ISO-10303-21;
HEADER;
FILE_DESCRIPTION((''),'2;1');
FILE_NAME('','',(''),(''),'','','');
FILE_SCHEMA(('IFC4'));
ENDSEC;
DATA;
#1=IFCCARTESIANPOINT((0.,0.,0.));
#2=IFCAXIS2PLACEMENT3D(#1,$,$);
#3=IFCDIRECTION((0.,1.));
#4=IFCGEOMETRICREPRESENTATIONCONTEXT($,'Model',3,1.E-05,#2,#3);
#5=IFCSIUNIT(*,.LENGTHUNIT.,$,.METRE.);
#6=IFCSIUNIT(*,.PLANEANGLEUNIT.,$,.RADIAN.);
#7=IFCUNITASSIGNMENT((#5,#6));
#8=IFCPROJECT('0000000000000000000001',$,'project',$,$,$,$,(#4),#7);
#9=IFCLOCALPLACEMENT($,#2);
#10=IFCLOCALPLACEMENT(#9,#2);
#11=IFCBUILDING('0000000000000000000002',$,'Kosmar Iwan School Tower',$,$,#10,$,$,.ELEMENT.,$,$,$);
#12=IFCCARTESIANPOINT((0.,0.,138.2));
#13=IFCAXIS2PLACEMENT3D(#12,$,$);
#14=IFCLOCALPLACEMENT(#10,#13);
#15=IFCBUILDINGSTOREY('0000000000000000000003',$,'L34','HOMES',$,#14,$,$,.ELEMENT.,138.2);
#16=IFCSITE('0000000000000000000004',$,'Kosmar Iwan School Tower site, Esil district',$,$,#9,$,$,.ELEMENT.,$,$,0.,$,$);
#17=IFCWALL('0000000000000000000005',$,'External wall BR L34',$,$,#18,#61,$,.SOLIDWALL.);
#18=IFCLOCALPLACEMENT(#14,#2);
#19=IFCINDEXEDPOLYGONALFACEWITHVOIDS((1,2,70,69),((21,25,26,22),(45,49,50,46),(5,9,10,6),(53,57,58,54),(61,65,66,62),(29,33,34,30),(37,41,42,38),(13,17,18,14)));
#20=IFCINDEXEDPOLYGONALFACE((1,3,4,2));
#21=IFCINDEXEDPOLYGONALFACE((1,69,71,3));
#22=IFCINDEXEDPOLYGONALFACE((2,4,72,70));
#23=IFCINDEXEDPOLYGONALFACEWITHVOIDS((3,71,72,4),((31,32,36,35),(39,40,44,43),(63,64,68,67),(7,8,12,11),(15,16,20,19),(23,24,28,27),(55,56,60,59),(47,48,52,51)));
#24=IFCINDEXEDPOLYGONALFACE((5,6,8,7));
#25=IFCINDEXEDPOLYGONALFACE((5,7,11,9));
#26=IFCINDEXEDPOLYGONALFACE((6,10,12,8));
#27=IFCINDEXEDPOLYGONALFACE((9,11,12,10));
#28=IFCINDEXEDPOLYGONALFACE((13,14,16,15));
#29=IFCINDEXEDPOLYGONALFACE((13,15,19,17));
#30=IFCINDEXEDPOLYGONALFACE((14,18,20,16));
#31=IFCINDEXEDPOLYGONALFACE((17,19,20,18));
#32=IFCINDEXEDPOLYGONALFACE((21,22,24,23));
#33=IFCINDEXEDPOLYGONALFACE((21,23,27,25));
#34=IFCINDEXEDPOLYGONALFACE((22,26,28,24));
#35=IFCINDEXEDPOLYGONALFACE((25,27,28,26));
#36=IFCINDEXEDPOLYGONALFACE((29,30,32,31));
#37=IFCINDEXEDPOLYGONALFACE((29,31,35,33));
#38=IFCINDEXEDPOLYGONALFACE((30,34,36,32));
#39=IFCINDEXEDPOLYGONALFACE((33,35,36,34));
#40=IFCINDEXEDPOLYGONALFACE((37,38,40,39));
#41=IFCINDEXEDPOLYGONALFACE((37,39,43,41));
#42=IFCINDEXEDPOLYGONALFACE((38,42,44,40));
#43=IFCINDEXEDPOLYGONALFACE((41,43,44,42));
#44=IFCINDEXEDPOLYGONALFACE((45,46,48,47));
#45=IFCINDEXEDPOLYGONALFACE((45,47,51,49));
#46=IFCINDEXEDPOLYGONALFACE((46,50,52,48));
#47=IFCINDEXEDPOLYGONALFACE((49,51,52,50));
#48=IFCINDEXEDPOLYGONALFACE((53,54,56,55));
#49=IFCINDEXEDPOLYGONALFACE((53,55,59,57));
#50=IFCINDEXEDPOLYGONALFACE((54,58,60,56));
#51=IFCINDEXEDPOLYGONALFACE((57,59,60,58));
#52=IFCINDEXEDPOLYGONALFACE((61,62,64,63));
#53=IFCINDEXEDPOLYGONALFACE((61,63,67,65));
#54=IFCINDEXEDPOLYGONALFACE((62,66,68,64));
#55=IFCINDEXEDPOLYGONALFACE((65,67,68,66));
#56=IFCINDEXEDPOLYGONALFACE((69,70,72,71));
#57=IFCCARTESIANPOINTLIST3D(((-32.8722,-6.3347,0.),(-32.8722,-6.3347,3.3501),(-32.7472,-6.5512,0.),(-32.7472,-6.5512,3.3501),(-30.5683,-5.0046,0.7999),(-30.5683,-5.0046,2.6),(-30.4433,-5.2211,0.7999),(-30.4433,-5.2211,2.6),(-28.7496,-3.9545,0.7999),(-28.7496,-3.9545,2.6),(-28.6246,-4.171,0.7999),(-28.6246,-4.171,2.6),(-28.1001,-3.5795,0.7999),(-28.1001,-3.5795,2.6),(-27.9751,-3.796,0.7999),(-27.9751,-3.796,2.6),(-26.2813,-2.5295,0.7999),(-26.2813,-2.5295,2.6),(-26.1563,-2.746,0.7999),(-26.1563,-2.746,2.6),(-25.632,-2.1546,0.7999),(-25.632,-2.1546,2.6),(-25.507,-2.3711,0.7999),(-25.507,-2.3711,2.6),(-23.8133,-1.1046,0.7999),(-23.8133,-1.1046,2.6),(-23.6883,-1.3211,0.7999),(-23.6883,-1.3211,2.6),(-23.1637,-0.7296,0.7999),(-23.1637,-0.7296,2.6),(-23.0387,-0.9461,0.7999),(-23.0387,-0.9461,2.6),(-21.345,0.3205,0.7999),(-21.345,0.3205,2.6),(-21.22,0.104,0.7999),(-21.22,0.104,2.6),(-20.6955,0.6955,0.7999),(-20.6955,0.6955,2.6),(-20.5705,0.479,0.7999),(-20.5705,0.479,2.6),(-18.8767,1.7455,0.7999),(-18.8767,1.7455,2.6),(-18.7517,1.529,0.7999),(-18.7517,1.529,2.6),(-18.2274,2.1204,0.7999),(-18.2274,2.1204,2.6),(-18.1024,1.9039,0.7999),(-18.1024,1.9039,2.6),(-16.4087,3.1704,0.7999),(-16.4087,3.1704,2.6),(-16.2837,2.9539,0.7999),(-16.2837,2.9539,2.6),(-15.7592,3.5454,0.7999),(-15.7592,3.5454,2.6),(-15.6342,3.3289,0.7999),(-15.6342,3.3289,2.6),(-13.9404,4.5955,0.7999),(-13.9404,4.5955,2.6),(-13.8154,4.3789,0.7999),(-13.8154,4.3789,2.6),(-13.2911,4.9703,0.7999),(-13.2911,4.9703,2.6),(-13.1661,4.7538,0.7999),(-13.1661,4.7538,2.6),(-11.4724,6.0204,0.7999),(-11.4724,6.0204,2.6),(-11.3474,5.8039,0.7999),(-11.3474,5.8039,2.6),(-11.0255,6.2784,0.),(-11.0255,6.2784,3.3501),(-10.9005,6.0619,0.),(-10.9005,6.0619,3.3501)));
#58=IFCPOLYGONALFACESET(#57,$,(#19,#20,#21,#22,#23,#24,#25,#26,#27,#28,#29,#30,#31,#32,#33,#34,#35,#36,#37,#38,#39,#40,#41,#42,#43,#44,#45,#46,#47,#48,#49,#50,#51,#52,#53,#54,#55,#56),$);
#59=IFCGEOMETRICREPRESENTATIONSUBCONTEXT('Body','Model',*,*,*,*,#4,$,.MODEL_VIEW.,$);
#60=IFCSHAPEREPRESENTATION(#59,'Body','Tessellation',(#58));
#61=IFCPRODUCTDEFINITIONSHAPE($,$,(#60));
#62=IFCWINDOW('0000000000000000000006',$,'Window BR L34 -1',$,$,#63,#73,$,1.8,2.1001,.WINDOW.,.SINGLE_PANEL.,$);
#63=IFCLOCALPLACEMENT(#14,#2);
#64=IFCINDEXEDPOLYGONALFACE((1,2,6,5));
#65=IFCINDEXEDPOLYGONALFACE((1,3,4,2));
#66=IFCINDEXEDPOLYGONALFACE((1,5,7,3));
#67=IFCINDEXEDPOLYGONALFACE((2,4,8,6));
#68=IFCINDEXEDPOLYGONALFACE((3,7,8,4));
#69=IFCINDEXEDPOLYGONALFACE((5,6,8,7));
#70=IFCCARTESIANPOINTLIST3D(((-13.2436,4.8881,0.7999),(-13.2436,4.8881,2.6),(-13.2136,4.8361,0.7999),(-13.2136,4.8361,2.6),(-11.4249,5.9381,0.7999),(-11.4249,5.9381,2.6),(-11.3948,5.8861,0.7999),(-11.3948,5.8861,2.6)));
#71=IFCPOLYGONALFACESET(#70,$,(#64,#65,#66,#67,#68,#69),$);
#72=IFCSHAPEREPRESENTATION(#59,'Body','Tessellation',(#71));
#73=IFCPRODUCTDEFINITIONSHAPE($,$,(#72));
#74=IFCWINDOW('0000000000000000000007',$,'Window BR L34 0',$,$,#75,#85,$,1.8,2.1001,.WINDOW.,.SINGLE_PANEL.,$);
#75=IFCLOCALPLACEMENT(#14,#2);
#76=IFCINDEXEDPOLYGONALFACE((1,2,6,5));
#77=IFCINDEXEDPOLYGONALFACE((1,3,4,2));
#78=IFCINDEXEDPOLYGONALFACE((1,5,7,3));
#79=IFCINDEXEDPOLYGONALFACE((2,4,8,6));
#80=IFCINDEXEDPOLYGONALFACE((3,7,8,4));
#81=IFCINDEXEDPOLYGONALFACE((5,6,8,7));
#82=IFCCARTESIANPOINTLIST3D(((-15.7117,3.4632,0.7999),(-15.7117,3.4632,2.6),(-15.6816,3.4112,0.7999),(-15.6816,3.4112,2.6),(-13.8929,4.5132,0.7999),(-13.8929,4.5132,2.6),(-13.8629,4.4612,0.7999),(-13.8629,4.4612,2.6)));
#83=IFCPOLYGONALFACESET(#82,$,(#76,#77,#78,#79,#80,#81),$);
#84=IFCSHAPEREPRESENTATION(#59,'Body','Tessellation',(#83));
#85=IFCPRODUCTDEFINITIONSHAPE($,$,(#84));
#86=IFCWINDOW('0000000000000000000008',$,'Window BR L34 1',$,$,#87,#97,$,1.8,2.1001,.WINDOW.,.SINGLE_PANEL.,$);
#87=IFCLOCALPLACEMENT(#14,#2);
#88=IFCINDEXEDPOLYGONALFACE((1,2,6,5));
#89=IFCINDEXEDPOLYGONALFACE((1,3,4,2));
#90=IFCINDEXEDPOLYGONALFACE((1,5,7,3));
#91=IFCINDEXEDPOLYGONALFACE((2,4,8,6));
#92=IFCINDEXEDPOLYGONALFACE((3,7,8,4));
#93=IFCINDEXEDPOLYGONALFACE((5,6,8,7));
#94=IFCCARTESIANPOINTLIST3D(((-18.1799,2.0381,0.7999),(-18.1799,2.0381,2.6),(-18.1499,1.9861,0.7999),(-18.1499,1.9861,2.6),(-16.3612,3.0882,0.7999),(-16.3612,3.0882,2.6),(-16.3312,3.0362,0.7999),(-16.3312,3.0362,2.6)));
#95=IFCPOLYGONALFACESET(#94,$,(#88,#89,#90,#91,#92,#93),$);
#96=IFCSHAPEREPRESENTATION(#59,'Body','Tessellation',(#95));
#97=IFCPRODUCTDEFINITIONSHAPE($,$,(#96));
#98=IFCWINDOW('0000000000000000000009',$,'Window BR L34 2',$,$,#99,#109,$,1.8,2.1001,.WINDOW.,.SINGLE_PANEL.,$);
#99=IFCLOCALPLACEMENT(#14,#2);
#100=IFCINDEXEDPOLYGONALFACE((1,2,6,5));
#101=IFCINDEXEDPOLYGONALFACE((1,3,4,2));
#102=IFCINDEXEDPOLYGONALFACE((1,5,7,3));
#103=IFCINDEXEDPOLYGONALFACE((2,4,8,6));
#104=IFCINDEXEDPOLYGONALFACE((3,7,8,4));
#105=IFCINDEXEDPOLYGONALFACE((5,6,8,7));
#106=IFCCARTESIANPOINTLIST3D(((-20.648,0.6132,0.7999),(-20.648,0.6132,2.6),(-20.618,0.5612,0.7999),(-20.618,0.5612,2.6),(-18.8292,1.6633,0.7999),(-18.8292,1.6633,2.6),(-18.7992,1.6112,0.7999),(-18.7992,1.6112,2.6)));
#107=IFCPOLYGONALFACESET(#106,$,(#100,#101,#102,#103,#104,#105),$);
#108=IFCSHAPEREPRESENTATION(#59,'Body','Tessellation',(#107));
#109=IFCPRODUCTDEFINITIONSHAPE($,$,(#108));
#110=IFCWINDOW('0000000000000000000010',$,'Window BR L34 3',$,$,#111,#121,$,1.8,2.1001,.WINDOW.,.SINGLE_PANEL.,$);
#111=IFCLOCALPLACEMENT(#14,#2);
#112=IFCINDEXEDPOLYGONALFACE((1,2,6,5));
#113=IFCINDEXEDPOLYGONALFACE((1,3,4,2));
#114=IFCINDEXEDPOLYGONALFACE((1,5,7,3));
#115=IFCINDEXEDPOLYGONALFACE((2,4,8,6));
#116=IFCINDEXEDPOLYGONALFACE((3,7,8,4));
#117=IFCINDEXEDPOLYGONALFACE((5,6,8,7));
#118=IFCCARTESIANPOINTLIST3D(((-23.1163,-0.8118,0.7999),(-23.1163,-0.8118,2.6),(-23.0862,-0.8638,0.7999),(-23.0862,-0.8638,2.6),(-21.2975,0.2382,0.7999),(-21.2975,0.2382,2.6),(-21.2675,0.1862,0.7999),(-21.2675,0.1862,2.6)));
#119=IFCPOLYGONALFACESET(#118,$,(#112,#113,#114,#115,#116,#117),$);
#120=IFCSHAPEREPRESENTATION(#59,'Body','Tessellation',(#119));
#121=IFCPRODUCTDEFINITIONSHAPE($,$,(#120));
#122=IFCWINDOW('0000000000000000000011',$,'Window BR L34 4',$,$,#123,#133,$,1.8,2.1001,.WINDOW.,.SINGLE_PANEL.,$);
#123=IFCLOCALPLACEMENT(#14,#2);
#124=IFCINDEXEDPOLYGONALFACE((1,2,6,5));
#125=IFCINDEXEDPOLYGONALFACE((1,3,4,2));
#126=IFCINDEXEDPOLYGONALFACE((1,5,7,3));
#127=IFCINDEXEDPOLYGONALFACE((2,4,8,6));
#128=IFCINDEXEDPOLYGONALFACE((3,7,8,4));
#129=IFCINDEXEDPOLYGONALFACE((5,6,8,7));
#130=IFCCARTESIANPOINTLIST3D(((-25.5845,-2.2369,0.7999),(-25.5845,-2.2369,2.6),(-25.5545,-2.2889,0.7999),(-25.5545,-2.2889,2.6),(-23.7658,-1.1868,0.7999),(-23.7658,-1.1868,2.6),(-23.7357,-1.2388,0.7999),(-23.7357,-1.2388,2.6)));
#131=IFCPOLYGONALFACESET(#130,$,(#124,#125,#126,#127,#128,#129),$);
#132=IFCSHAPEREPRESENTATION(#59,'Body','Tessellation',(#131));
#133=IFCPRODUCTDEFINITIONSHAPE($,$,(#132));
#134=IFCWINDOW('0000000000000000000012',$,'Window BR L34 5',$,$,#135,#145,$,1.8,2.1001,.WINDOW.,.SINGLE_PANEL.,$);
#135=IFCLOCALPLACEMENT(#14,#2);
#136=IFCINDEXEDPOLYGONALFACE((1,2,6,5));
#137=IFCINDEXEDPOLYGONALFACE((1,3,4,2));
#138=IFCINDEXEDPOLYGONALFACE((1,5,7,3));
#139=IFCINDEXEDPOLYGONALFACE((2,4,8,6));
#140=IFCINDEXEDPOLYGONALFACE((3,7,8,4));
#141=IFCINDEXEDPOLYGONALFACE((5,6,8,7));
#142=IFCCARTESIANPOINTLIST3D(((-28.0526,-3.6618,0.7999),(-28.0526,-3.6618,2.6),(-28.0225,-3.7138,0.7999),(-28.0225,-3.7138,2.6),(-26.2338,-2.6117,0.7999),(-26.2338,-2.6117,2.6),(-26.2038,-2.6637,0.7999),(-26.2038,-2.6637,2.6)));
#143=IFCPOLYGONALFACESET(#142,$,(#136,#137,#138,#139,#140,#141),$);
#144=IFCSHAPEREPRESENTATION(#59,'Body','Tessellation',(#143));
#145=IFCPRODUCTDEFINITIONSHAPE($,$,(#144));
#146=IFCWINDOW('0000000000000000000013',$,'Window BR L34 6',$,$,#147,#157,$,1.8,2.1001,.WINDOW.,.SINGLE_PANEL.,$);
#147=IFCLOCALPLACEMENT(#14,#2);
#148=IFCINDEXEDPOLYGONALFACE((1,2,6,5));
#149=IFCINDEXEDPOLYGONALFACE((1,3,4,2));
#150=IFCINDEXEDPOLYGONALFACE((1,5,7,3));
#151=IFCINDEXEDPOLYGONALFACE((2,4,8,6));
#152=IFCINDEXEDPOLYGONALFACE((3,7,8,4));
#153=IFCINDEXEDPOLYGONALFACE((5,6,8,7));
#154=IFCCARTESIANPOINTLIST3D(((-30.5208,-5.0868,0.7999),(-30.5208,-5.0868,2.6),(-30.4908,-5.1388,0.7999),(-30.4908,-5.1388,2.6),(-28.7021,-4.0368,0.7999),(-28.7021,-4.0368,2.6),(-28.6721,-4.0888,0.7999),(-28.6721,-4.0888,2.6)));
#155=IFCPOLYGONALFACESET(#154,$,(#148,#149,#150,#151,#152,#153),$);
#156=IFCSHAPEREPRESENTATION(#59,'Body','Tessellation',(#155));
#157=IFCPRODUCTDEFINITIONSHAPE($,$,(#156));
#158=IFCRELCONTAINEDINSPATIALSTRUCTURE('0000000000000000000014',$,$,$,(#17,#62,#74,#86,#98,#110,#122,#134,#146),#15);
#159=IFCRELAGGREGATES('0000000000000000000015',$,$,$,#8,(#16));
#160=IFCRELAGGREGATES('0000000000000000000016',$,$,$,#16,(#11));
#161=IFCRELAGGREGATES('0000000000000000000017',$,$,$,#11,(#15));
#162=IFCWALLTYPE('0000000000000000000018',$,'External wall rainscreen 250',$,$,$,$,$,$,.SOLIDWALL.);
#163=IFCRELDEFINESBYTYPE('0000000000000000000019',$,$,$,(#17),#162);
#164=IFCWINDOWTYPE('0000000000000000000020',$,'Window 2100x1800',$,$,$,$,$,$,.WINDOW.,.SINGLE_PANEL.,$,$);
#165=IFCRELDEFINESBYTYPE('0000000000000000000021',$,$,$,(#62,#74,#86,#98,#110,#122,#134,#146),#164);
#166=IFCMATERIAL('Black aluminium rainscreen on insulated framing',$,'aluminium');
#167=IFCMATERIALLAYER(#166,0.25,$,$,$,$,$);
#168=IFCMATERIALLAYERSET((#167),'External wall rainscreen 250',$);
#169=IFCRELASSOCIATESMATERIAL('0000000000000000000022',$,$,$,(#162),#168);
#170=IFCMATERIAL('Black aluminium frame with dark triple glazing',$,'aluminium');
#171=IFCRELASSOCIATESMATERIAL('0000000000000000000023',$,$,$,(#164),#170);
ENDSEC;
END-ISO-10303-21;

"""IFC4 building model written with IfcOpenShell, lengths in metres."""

from ifc_helpers import new_model, si_unit, direction, frame, frame_2d, origin, place, context, subcontext, project, spatial, rectangle, extrude, material, layer, layer_set, type_object, element, fill, save


model = new_model("IFC4")

# Units and contexts
model_context = context("Model", 3, precision=1e-05, world=origin(), true_north=direction((0.0, 1.0)))
body_context = subcontext(model_context, "Body", "Model", "MODEL_VIEW")
ifc_project = project(units=[si_unit("LENGTHUNIT", "METRE"), si_unit("PLANEANGLEUNIT", "RADIAN")], contexts=[model_context])

# Site, building, storey
site_placement = place(None, origin())
site = spatial("IfcSite", under=ifc_project, at=site_placement, Name="Kosmar Iwan School Tower site, Esil district", CompositionType="ELEMENT", RefElevation=0.0)
building_placement = place(site_placement, origin())
building = spatial("IfcBuilding", under=site, at=building_placement, Name="Kosmar Iwan School Tower", CompositionType="ELEMENT")
storey_placement = place(building_placement, frame((0.0, 0.0, 138.2)))
storey = spatial("IfcBuildingStorey", under=building, at=storey_placement, Name="L34", Description="HOMES", CompositionType="ELEMENT", Elevation=138.2)

# Wall, openings, windows
ifc_material_1 = material(Name="Black aluminium rainscreen on insulated framing", Category="aluminium")
ifc_layer = layer(ifc_material_1, 0.25)
ifc_layer_set = layer_set([ifc_layer], Name="External wall rainscreen 250")
wall_type = type_object("IfcWallType", Name="External wall rainscreen 250", PredefinedType="SOLIDWALL", material=ifc_layer_set)
ifc_material_2 = material(Name="Black aluminium frame with dark triple glazing", Category="aluminium")
window_type = type_object("IfcWindowType", Name="Window 2100x1800", PartitioningType="SINGLE_PANEL", PredefinedType="WINDOW", material=ifc_material_2)
wall_1_placement = place(storey_placement, frame((-10.9629, 6.1702, 0.0), z_axis=(0.0, 0.0, 1.0), x_axis=(-0.866028, -0.499996, 0.0)))
wall_1 = element("IfcWall", 1, at=wall_1_placement, inside=storey, type_object=wall_type, Name="External wall BR L34", PredefinedType="SOLIDWALL", context=body_context, shape_type="SweptSolid", body=[
    extrude(rectangle(XDim=25.2263, YDim=0.25, at=frame_2d((12.6133, 0.0))), origin(), (0.0, 0.0, 1.0), 3.3501),
])
opening_1_placement = place(wall_1_placement, frame((0.5161, 0.0, 0.8)))
opening_1 = element("IfcOpeningElement", 2, at=opening_1_placement, cuts=wall_1, PredefinedType="OPENING", context=body_context, shape_type="SweptSolid", body=[
    extrude(rectangle(XDim=2.1001, YDim=1.8, at=frame_2d((1.05, 0.8999))), frame((0.0, 0.137, 0.0), z_axis=(0.0, -1.0, 0.0), x_axis=(1.0, 0.0, 0.0)), (0.0, 0.0, 1.0), 0.2739),
])
opening_2_placement = place(wall_1_placement, frame((3.366, 0.0, 0.8)))
opening_2 = element("IfcOpeningElement", 3, at=opening_2_placement, cuts=wall_1, PredefinedType="OPENING", context=body_context, shape_type="SweptSolid", body=[
    extrude(rectangle(XDim=2.1001, YDim=1.8, at=frame_2d((1.05, 0.8999))), frame((0.0, 0.137, 0.0), z_axis=(0.0, -1.0, 0.0), x_axis=(1.0, 0.0, 0.0)), (0.0, 0.0, 1.0), 0.2739),
])
opening_3_placement = place(wall_1_placement, frame((6.2161, 0.0, 0.8)))
opening_3 = element("IfcOpeningElement", 4, at=opening_3_placement, cuts=wall_1, PredefinedType="OPENING", context=body_context, shape_type="SweptSolid", body=[
    extrude(rectangle(XDim=2.1001, YDim=1.8, at=frame_2d((1.05, 0.8999))), frame((0.0, 0.137, 0.0), z_axis=(0.0, -1.0, 0.0), x_axis=(1.0, 0.0, 0.0)), (0.0, 0.0, 1.0), 0.2739),
])
opening_4_placement = place(wall_1_placement, frame((9.0659, 0.0, 0.8)))
opening_4 = element("IfcOpeningElement", 5, at=opening_4_placement, cuts=wall_1, PredefinedType="OPENING", context=body_context, shape_type="SweptSolid", body=[
    extrude(rectangle(XDim=2.1001, YDim=1.8, at=frame_2d((1.05, 0.8999))), frame((0.0, 0.137, 0.0), z_axis=(0.0, -1.0, 0.0), x_axis=(1.0, 0.0, 0.0)), (0.0, 0.0, 1.0), 0.2739),
])
opening_5_placement = place(wall_1_placement, frame((11.916, 0.0, 0.8)))
opening_5 = element("IfcOpeningElement", 6, at=opening_5_placement, cuts=wall_1, PredefinedType="OPENING", context=body_context, shape_type="SweptSolid", body=[
    extrude(rectangle(XDim=2.1001, YDim=1.8, at=frame_2d((1.05, 0.8999))), frame((0.0, 0.137, 0.0), z_axis=(0.0, -1.0, 0.0), x_axis=(1.0, 0.0, 0.0)), (0.0, 0.0, 1.0), 0.2739),
])
opening_6_placement = place(wall_1_placement, frame((14.7661, 0.0, 0.8)))
opening_6 = element("IfcOpeningElement", 7, at=opening_6_placement, cuts=wall_1, PredefinedType="OPENING", context=body_context, shape_type="SweptSolid", body=[
    extrude(rectangle(XDim=2.1001, YDim=1.8, at=frame_2d((1.05, 0.8999))), frame((0.0, 0.137, 0.0), z_axis=(0.0, -1.0, 0.0), x_axis=(1.0, 0.0, 0.0)), (0.0, 0.0, 1.0), 0.2739),
])
opening_7_placement = place(wall_1_placement, frame((17.616, 0.0, 0.8)))
opening_7 = element("IfcOpeningElement", 8, at=opening_7_placement, cuts=wall_1, PredefinedType="OPENING", context=body_context, shape_type="SweptSolid", body=[
    extrude(rectangle(XDim=2.1001, YDim=1.8, at=frame_2d((1.05, 0.8999))), frame((0.0, 0.137, 0.0), z_axis=(0.0, -1.0, 0.0), x_axis=(1.0, 0.0, 0.0)), (0.0, 0.0, 1.0), 0.2739),
])
opening_8_placement = place(wall_1_placement, frame((20.4661, 0.0, 0.8)))
opening_8 = element("IfcOpeningElement", 9, at=opening_8_placement, cuts=wall_1, PredefinedType="OPENING", context=body_context, shape_type="SweptSolid", body=[
    extrude(rectangle(XDim=2.1001, YDim=1.8, at=frame_2d((1.05, 0.8999))), frame((0.0, 0.137, 0.0), z_axis=(0.0, -1.0, 0.0), x_axis=(1.0, 0.0, 0.0)), (0.0, 0.0, 1.0), 0.2739),
])
window_1_placement = place(opening_1_placement, origin())
window_1 = element("IfcWindow", 10, at=window_1_placement, inside=storey, type_object=window_type, Name="Window BR L34 -1", OverallHeight=1.8, OverallWidth=2.1001, PartitioningType="SINGLE_PANEL", PredefinedType="WINDOW", context=body_context, shape_type="SweptSolid", body=[
    extrude(rectangle(XDim=2.1001, YDim=1.8, at=frame_2d((1.05, 0.8999))), frame((0.0, 0.03, 0.0), z_axis=(0.0, -1.0, 0.0), x_axis=(1.0, 0.0, 0.0)), (0.0, 0.0, 1.0), 0.0601),
])
fill(opening_1, window_1)
window_2_placement = place(opening_2_placement, origin())
window_2 = element("IfcWindow", 11, at=window_2_placement, inside=storey, type_object=window_type, Name="Window BR L34 0", OverallHeight=1.8, OverallWidth=2.1001, PartitioningType="SINGLE_PANEL", PredefinedType="WINDOW", context=body_context, shape_type="SweptSolid", body=[
    extrude(rectangle(XDim=2.1001, YDim=1.8, at=frame_2d((1.05, 0.8999))), frame((0.0, 0.03, 0.0), z_axis=(0.0, -1.0, 0.0), x_axis=(1.0, 0.0, 0.0)), (0.0, 0.0, 1.0), 0.0601),
])
fill(opening_2, window_2)
window_3_placement = place(opening_3_placement, origin())
window_3 = element("IfcWindow", 12, at=window_3_placement, inside=storey, type_object=window_type, Name="Window BR L34 1", OverallHeight=1.8, OverallWidth=2.1001, PartitioningType="SINGLE_PANEL", PredefinedType="WINDOW", context=body_context, shape_type="SweptSolid", body=[
    extrude(rectangle(XDim=2.1001, YDim=1.8, at=frame_2d((1.05, 0.8999))), frame((0.0, 0.03, 0.0), z_axis=(0.0, -1.0, 0.0), x_axis=(1.0, 0.0, 0.0)), (0.0, 0.0, 1.0), 0.0601),
])
fill(opening_3, window_3)
window_4_placement = place(opening_4_placement, origin())
window_4 = element("IfcWindow", 13, at=window_4_placement, inside=storey, type_object=window_type, Name="Window BR L34 2", OverallHeight=1.8, OverallWidth=2.1001, PartitioningType="SINGLE_PANEL", PredefinedType="WINDOW", context=body_context, shape_type="SweptSolid", body=[
    extrude(rectangle(XDim=2.1001, YDim=1.8, at=frame_2d((1.05, 0.8999))), frame((0.0, 0.03, 0.0), z_axis=(0.0, -1.0, 0.0), x_axis=(1.0, 0.0, 0.0)), (0.0, 0.0, 1.0), 0.0601),
])
fill(opening_4, window_4)
window_5_placement = place(opening_5_placement, origin())
window_5 = element("IfcWindow", 14, at=window_5_placement, inside=storey, type_object=window_type, Name="Window BR L34 3", OverallHeight=1.8, OverallWidth=2.1001, PartitioningType="SINGLE_PANEL", PredefinedType="WINDOW", context=body_context, shape_type="SweptSolid", body=[
    extrude(rectangle(XDim=2.1001, YDim=1.8, at=frame_2d((1.05, 0.8999))), frame((0.0, 0.03, 0.0), z_axis=(0.0, -1.0, 0.0), x_axis=(1.0, 0.0, 0.0)), (0.0, 0.0, 1.0), 0.0601),
])
fill(opening_5, window_5)
window_6_placement = place(opening_6_placement, origin())
window_6 = element("IfcWindow", 15, at=window_6_placement, inside=storey, type_object=window_type, Name="Window BR L34 4", OverallHeight=1.8, OverallWidth=2.1001, PartitioningType="SINGLE_PANEL", PredefinedType="WINDOW", context=body_context, shape_type="SweptSolid", body=[
    extrude(rectangle(XDim=2.1001, YDim=1.8, at=frame_2d((1.05, 0.8999))), frame((0.0, 0.03, 0.0), z_axis=(0.0, -1.0, 0.0), x_axis=(1.0, 0.0, 0.0)), (0.0, 0.0, 1.0), 0.0601),
])
fill(opening_6, window_6)
window_7_placement = place(opening_7_placement, origin())
window_7 = element("IfcWindow", 16, at=window_7_placement, inside=storey, type_object=window_type, Name="Window BR L34 5", OverallHeight=1.8, OverallWidth=2.1001, PartitioningType="SINGLE_PANEL", PredefinedType="WINDOW", context=body_context, shape_type="SweptSolid", body=[
    extrude(rectangle(XDim=2.1001, YDim=1.8, at=frame_2d((1.05, 0.8999))), frame((0.0, 0.03, 0.0), z_axis=(0.0, -1.0, 0.0), x_axis=(1.0, 0.0, 0.0)), (0.0, 0.0, 1.0), 0.0601),
])
fill(opening_7, window_7)
window_8_placement = place(opening_8_placement, origin())
window_8 = element("IfcWindow", 17, at=window_8_placement, inside=storey, type_object=window_type, Name="Window BR L34 6", OverallHeight=1.8, OverallWidth=2.1001, PartitioningType="SINGLE_PANEL", PredefinedType="WINDOW", context=body_context, shape_type="SweptSolid", body=[
    extrude(rectangle(XDim=2.1001, YDim=1.8, at=frame_2d((1.05, 0.8999))), frame((0.0, 0.03, 0.0), z_axis=(0.0, -1.0, 0.0), x_axis=(1.0, 0.0, 0.0)), (0.0, 0.0, 1.0), 0.0601),
])
fill(opening_8, window_8)

save(model, "model.ifc")
